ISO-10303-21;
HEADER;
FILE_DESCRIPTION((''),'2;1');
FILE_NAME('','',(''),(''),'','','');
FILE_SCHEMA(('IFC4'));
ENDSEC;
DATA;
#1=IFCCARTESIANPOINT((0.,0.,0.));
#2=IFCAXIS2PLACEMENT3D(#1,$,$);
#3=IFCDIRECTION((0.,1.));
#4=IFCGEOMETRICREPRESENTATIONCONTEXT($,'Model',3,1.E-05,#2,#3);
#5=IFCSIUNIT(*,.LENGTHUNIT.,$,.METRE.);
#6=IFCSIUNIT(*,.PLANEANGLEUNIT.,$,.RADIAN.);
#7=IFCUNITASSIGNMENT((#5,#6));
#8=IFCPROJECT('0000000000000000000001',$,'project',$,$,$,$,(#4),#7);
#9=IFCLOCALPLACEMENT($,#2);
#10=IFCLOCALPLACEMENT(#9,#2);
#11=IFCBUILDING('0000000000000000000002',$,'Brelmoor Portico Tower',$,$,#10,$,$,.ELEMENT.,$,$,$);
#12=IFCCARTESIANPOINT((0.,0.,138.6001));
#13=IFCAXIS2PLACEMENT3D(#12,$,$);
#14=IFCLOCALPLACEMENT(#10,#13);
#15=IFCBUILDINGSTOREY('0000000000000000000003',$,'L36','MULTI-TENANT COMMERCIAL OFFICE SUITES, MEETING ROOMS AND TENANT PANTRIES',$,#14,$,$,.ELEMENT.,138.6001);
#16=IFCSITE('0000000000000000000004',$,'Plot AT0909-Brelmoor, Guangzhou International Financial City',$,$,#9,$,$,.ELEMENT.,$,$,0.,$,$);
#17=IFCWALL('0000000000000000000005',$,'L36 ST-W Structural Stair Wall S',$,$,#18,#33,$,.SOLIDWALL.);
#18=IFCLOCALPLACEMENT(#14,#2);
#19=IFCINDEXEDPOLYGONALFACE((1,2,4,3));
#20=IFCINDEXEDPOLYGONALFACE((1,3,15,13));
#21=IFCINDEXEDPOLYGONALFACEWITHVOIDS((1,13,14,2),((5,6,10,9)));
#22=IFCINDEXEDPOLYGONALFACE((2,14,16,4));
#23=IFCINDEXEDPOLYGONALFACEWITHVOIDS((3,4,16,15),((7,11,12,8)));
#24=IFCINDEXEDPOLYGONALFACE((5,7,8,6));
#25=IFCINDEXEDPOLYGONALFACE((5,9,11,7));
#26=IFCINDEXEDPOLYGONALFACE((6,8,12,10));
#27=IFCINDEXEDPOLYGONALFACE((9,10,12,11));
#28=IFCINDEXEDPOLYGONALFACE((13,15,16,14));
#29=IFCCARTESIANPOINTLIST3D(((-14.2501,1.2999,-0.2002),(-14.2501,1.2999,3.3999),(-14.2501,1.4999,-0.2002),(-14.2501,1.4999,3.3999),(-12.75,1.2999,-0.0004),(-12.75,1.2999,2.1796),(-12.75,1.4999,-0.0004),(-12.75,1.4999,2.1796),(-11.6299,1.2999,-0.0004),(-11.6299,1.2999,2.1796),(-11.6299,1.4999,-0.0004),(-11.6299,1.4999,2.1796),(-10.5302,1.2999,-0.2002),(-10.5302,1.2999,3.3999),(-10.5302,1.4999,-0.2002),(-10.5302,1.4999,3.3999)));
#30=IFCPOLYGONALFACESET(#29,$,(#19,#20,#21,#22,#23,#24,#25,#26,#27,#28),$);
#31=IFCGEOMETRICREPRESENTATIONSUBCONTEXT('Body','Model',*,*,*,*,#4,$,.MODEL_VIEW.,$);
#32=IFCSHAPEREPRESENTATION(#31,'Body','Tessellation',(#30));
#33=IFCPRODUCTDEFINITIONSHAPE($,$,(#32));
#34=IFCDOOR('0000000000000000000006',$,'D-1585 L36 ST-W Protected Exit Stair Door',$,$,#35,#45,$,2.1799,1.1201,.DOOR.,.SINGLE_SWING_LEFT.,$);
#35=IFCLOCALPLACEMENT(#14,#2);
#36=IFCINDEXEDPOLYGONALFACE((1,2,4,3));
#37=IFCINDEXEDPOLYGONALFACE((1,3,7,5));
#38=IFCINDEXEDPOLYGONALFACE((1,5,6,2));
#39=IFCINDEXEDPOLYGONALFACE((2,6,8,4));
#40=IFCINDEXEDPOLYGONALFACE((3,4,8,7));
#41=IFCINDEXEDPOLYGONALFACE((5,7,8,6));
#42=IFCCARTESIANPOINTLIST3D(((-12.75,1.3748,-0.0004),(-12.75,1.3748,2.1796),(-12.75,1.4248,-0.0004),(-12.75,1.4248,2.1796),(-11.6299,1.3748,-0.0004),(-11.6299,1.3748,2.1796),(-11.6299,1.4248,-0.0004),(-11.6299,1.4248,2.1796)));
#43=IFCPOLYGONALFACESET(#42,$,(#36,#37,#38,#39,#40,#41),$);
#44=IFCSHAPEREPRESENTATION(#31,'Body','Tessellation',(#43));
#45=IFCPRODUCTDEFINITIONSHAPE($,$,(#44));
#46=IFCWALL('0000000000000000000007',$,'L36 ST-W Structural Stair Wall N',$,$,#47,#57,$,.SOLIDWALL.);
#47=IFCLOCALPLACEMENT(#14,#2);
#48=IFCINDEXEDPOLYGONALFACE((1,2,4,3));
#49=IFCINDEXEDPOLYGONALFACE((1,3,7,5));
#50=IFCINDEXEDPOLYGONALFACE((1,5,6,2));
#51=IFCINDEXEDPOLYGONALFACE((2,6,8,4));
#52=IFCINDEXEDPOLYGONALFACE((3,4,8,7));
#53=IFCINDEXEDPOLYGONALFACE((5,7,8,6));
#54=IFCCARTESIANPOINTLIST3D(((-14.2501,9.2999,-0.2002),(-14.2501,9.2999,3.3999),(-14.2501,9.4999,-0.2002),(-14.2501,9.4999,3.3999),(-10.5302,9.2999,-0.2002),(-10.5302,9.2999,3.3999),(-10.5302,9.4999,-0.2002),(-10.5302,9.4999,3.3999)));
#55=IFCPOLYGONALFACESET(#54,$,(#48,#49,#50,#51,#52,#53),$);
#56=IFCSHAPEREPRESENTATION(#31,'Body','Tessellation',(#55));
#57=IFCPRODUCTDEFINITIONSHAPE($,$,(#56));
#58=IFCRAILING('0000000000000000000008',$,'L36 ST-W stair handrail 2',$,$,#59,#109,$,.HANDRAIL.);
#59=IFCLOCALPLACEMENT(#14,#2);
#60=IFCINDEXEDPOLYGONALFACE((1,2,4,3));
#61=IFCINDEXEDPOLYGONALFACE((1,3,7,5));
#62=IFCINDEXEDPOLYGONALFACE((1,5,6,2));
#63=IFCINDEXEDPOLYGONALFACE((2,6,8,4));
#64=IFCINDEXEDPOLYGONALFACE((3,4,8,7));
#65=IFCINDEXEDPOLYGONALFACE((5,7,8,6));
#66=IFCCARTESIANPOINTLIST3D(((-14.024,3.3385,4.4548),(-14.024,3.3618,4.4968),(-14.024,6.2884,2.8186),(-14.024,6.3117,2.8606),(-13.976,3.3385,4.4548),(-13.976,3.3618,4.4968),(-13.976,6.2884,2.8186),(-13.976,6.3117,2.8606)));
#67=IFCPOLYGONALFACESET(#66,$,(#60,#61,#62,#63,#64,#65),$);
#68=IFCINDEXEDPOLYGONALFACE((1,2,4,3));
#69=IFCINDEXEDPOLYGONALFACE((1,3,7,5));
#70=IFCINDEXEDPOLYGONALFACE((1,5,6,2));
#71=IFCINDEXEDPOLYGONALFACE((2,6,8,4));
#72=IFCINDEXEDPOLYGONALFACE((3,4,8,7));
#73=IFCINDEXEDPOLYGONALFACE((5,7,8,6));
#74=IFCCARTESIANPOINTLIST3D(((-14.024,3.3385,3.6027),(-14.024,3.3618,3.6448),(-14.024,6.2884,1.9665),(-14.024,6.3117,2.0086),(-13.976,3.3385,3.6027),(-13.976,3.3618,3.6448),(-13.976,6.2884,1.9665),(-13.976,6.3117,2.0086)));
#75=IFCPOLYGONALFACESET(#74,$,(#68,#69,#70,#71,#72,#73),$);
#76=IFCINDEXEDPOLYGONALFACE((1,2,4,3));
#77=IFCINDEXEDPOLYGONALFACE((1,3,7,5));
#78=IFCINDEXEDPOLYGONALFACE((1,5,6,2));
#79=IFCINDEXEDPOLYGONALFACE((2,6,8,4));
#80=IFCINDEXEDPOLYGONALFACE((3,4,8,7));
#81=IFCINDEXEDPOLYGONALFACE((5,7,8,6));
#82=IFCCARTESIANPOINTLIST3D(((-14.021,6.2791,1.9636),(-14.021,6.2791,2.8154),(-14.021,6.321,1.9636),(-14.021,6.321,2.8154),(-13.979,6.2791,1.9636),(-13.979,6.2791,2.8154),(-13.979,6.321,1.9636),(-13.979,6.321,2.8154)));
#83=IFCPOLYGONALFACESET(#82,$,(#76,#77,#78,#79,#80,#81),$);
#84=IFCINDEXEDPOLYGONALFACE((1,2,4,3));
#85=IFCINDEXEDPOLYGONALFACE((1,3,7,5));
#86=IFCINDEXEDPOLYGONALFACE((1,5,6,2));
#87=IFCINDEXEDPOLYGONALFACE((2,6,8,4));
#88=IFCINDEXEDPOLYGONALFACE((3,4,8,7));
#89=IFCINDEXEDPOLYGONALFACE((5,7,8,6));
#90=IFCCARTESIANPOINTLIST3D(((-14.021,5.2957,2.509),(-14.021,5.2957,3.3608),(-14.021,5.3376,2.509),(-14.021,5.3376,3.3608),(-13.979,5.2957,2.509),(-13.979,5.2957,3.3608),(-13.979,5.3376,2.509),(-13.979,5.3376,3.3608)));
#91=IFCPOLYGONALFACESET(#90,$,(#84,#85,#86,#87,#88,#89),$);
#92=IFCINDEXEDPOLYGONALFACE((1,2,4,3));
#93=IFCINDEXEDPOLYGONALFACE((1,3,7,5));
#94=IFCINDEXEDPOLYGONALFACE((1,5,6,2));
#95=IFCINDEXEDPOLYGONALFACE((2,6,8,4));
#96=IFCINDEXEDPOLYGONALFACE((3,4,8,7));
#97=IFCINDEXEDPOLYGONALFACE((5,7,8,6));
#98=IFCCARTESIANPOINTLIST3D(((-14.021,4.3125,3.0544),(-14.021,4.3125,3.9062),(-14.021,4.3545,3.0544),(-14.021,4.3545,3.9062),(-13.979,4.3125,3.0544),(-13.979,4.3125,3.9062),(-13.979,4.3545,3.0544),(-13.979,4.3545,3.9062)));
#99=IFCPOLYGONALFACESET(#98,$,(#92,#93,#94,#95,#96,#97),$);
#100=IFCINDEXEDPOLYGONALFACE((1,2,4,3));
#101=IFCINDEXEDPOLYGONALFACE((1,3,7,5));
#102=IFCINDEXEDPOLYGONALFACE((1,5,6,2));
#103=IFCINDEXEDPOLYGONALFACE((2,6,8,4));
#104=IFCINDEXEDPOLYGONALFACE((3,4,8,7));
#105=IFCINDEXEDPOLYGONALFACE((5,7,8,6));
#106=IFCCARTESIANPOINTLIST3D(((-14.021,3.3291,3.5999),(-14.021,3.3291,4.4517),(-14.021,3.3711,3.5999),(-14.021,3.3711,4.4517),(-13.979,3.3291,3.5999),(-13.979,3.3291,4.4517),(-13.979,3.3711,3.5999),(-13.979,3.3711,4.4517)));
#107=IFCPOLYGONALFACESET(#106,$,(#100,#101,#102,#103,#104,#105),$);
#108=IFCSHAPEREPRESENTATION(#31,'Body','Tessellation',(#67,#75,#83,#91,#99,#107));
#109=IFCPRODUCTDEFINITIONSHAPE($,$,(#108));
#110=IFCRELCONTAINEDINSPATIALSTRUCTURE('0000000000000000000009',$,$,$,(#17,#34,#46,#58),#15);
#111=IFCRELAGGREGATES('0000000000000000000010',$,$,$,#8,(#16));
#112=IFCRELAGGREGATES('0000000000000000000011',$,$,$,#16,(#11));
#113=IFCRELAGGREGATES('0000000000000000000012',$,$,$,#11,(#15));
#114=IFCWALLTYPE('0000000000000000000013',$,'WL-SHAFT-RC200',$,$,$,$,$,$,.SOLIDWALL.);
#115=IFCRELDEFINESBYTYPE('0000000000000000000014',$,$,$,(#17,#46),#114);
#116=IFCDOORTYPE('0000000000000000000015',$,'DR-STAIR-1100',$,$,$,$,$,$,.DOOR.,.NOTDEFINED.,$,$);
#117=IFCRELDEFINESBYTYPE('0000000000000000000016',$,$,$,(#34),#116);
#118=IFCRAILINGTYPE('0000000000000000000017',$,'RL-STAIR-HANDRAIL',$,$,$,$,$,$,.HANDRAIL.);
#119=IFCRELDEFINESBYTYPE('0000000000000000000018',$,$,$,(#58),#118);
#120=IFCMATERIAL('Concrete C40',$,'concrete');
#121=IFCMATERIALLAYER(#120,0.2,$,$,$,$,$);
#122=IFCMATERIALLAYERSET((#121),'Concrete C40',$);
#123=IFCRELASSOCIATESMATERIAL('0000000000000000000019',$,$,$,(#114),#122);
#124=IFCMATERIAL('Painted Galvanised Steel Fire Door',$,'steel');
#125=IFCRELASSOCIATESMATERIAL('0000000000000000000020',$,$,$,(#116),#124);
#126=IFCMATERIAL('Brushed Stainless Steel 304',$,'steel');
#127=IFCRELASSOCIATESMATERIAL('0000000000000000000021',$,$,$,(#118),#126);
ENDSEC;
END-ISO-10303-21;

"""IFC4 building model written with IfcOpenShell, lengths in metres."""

from ifc_helpers import new_model, si_unit, direction, frame, frame_2d, origin, origin_2d, place, context, subcontext, project, spatial, rectangle, extrude, material, layer, layer_set, type_object, element, fill, save


model = new_model("IFC4")

# Units and contexts
model_context = context("Model", 3, precision=1e-05, world=origin(), true_north=direction((0.0, 1.0)))
body_context = subcontext(model_context, "Body", "Model", "MODEL_VIEW")
ifc_project = project(units=[si_unit("LENGTHUNIT", "METRE"), si_unit("PLANEANGLEUNIT", "RADIAN")], contexts=[model_context])

# Site, building, storey
site_placement = place(None, origin())
site = spatial("IfcSite", under=ifc_project, at=site_placement, Name="Plot AT0909-Brelmoor, Guangzhou International Financial City", CompositionType="ELEMENT", RefElevation=0.0)
building_placement = place(site_placement, origin())
building = spatial("IfcBuilding", under=site, at=building_placement, Name="Brelmoor Portico Tower", CompositionType="ELEMENT")
storey_placement = place(building_placement, frame((0.0, 0.0, 138.6001)))
storey = spatial("IfcBuildingStorey", under=building, at=storey_placement, Name="L36", Description="MULTI-TENANT COMMERCIAL OFFICE SUITES, MEETING ROOMS AND TENANT PANTRIES", CompositionType="ELEMENT", Elevation=138.6001)

# Shared definitions
ifc_material_1 = material(Name="Concrete C40", Category="concrete")
ifc_layer_1 = layer(ifc_material_1, 0.2)
ifc_layer_set_1 = layer_set([ifc_layer_1], Name="Concrete C40")
wall_type_1 = type_object("IfcWallType", Name="WL-SHAFT-RC200", PredefinedType="SOLIDWALL", material=ifc_layer_set_1)

# Wall, opening, door
wall_1_placement = place(storey_placement, frame((-14.25, 1.3999, -0.2002), z_axis=(0.0, 0.0, 1.0), x_axis=(1.0, 0.0, 0.0)))
wall_1 = element("IfcWall", 1, at=wall_1_placement, inside=storey, type_object=wall_type_1, Name="L36 ST-W Structural Stair Wall S", PredefinedType="SOLIDWALL", context=body_context, shape_type="SweptSolid", body=[
    extrude(rectangle(XDim=3.72, YDim=0.2, at=frame_2d((1.8599, 0.0))), origin(), (0.0, 0.0, 1.0), 3.6001),
])
opening_1_placement = place(wall_1_placement, frame((1.5, 0.0, 0.2)))
opening_1 = element("IfcOpeningElement", 2, at=opening_1_placement, cuts=wall_1, PredefinedType="OPENING", context=body_context, shape_type="SweptSolid", body=[
    extrude(rectangle(XDim=1.1201, YDim=2.1799, at=frame_2d((0.5601, 1.0898))), frame((0.0, 0.1099, 0.0), z_axis=(0.0, -1.0, 0.0), x_axis=(1.0, 0.0, 0.0)), (0.0, 0.0, 1.0), 0.22),
])
ifc_material_2 = material(Name="Painted Galvanised Steel Fire Door", Category="steel")
door_type_1 = type_object("IfcDoorType", Name="DR-STAIR-1100", OperationType="NOTDEFINED", PredefinedType="DOOR", material=ifc_material_2)
door_1_placement = place(opening_1_placement, origin())
door_1 = element("IfcDoor", 3, at=door_1_placement, inside=storey, type_object=door_type_1, Name="D-1585 L36 ST-W Protected Exit Stair Door", OperationType="SINGLE_SWING_LEFT", OverallHeight=2.1799, OverallWidth=1.1201, PredefinedType="DOOR", context=body_context, shape_type="SweptSolid", body=[
    extrude(rectangle(XDim=1.1201, YDim=2.1799, at=frame_2d((0.5601, 1.0898))), frame((0.0, 0.0249, 0.0), z_axis=(0.0, -1.0, 0.0), x_axis=(1.0, 0.0, 0.0)), (0.0, 0.0, 1.0), 0.05),
])
fill(opening_1, door_1)

# Wall
wall_2_placement = place(storey_placement, frame((-14.25, 9.3999, -0.2002), z_axis=(0.0, 0.0, 1.0), x_axis=(1.0, 0.0, 0.0)))
element("IfcWall", 4, at=wall_2_placement, inside=storey, type_object=wall_type_1, Name="L36 ST-W Structural Stair Wall N", PredefinedType="SOLIDWALL", context=body_context, shape_type="SweptSolid", body=[
    extrude(rectangle(XDim=3.72, YDim=0.2, at=frame_2d((1.8599, 0.0))), origin(), (0.0, 0.0, 1.0), 3.6001),
])

# Railing
ifc_material_3 = material(Name="Brushed Stainless Steel 304", Category="steel")
railing_type = type_object("IfcRailingType", Name="RL-STAIR-HANDRAIL", PredefinedType="HANDRAIL", material=ifc_material_3)
railing_placement = place(storey_placement, frame((-14.0, 6.3, 1.9636)))
element("IfcRailing", 5, at=railing_placement, inside=storey, type_object=railing_type, Name="L36 ST-W stair handrail 2", PredefinedType="HANDRAIL", context=body_context, shape_type="SweptSolid", body=[
    extrude(rectangle(XDim=0.0481, YDim=0.0481, at=origin_2d()), frame((0.0, 0.0, 0.876), z_axis=(0.0, -0.874488, 0.485047), x_axis=(1.0, 0.0, 0.0)), (0.0, 0.0, 1.0), 3.3733),
    extrude(rectangle(XDim=0.0481, YDim=0.0481, at=origin_2d()), frame((0.0, 0.0, 0.0239), z_axis=(0.0, -0.874488, 0.485047), x_axis=(1.0, 0.0, 0.0)), (0.0, 0.0, 1.0), 3.3733),
    extrude(rectangle(XDim=0.042, YDim=0.042, at=origin_2d()), origin(), (0.0, 0.0, 1.0), 0.8518),
    extrude(rectangle(XDim=0.042, YDim=0.042, at=origin_2d()), frame((0.0, -0.9834, 0.5454)), (0.0, 0.0, 1.0), 0.8518),
    extrude(rectangle(XDim=0.042, YDim=0.042, at=origin_2d()), frame((0.0, -1.9666, 1.0908)), (0.0, 0.0, 1.0), 0.8518),
    extrude(rectangle(XDim=0.042, YDim=0.042, at=origin_2d()), frame((0.0, -2.95, 1.6362)), (0.0, 0.0, 1.0), 0.8518),
])

save(model, "model.ifc")
